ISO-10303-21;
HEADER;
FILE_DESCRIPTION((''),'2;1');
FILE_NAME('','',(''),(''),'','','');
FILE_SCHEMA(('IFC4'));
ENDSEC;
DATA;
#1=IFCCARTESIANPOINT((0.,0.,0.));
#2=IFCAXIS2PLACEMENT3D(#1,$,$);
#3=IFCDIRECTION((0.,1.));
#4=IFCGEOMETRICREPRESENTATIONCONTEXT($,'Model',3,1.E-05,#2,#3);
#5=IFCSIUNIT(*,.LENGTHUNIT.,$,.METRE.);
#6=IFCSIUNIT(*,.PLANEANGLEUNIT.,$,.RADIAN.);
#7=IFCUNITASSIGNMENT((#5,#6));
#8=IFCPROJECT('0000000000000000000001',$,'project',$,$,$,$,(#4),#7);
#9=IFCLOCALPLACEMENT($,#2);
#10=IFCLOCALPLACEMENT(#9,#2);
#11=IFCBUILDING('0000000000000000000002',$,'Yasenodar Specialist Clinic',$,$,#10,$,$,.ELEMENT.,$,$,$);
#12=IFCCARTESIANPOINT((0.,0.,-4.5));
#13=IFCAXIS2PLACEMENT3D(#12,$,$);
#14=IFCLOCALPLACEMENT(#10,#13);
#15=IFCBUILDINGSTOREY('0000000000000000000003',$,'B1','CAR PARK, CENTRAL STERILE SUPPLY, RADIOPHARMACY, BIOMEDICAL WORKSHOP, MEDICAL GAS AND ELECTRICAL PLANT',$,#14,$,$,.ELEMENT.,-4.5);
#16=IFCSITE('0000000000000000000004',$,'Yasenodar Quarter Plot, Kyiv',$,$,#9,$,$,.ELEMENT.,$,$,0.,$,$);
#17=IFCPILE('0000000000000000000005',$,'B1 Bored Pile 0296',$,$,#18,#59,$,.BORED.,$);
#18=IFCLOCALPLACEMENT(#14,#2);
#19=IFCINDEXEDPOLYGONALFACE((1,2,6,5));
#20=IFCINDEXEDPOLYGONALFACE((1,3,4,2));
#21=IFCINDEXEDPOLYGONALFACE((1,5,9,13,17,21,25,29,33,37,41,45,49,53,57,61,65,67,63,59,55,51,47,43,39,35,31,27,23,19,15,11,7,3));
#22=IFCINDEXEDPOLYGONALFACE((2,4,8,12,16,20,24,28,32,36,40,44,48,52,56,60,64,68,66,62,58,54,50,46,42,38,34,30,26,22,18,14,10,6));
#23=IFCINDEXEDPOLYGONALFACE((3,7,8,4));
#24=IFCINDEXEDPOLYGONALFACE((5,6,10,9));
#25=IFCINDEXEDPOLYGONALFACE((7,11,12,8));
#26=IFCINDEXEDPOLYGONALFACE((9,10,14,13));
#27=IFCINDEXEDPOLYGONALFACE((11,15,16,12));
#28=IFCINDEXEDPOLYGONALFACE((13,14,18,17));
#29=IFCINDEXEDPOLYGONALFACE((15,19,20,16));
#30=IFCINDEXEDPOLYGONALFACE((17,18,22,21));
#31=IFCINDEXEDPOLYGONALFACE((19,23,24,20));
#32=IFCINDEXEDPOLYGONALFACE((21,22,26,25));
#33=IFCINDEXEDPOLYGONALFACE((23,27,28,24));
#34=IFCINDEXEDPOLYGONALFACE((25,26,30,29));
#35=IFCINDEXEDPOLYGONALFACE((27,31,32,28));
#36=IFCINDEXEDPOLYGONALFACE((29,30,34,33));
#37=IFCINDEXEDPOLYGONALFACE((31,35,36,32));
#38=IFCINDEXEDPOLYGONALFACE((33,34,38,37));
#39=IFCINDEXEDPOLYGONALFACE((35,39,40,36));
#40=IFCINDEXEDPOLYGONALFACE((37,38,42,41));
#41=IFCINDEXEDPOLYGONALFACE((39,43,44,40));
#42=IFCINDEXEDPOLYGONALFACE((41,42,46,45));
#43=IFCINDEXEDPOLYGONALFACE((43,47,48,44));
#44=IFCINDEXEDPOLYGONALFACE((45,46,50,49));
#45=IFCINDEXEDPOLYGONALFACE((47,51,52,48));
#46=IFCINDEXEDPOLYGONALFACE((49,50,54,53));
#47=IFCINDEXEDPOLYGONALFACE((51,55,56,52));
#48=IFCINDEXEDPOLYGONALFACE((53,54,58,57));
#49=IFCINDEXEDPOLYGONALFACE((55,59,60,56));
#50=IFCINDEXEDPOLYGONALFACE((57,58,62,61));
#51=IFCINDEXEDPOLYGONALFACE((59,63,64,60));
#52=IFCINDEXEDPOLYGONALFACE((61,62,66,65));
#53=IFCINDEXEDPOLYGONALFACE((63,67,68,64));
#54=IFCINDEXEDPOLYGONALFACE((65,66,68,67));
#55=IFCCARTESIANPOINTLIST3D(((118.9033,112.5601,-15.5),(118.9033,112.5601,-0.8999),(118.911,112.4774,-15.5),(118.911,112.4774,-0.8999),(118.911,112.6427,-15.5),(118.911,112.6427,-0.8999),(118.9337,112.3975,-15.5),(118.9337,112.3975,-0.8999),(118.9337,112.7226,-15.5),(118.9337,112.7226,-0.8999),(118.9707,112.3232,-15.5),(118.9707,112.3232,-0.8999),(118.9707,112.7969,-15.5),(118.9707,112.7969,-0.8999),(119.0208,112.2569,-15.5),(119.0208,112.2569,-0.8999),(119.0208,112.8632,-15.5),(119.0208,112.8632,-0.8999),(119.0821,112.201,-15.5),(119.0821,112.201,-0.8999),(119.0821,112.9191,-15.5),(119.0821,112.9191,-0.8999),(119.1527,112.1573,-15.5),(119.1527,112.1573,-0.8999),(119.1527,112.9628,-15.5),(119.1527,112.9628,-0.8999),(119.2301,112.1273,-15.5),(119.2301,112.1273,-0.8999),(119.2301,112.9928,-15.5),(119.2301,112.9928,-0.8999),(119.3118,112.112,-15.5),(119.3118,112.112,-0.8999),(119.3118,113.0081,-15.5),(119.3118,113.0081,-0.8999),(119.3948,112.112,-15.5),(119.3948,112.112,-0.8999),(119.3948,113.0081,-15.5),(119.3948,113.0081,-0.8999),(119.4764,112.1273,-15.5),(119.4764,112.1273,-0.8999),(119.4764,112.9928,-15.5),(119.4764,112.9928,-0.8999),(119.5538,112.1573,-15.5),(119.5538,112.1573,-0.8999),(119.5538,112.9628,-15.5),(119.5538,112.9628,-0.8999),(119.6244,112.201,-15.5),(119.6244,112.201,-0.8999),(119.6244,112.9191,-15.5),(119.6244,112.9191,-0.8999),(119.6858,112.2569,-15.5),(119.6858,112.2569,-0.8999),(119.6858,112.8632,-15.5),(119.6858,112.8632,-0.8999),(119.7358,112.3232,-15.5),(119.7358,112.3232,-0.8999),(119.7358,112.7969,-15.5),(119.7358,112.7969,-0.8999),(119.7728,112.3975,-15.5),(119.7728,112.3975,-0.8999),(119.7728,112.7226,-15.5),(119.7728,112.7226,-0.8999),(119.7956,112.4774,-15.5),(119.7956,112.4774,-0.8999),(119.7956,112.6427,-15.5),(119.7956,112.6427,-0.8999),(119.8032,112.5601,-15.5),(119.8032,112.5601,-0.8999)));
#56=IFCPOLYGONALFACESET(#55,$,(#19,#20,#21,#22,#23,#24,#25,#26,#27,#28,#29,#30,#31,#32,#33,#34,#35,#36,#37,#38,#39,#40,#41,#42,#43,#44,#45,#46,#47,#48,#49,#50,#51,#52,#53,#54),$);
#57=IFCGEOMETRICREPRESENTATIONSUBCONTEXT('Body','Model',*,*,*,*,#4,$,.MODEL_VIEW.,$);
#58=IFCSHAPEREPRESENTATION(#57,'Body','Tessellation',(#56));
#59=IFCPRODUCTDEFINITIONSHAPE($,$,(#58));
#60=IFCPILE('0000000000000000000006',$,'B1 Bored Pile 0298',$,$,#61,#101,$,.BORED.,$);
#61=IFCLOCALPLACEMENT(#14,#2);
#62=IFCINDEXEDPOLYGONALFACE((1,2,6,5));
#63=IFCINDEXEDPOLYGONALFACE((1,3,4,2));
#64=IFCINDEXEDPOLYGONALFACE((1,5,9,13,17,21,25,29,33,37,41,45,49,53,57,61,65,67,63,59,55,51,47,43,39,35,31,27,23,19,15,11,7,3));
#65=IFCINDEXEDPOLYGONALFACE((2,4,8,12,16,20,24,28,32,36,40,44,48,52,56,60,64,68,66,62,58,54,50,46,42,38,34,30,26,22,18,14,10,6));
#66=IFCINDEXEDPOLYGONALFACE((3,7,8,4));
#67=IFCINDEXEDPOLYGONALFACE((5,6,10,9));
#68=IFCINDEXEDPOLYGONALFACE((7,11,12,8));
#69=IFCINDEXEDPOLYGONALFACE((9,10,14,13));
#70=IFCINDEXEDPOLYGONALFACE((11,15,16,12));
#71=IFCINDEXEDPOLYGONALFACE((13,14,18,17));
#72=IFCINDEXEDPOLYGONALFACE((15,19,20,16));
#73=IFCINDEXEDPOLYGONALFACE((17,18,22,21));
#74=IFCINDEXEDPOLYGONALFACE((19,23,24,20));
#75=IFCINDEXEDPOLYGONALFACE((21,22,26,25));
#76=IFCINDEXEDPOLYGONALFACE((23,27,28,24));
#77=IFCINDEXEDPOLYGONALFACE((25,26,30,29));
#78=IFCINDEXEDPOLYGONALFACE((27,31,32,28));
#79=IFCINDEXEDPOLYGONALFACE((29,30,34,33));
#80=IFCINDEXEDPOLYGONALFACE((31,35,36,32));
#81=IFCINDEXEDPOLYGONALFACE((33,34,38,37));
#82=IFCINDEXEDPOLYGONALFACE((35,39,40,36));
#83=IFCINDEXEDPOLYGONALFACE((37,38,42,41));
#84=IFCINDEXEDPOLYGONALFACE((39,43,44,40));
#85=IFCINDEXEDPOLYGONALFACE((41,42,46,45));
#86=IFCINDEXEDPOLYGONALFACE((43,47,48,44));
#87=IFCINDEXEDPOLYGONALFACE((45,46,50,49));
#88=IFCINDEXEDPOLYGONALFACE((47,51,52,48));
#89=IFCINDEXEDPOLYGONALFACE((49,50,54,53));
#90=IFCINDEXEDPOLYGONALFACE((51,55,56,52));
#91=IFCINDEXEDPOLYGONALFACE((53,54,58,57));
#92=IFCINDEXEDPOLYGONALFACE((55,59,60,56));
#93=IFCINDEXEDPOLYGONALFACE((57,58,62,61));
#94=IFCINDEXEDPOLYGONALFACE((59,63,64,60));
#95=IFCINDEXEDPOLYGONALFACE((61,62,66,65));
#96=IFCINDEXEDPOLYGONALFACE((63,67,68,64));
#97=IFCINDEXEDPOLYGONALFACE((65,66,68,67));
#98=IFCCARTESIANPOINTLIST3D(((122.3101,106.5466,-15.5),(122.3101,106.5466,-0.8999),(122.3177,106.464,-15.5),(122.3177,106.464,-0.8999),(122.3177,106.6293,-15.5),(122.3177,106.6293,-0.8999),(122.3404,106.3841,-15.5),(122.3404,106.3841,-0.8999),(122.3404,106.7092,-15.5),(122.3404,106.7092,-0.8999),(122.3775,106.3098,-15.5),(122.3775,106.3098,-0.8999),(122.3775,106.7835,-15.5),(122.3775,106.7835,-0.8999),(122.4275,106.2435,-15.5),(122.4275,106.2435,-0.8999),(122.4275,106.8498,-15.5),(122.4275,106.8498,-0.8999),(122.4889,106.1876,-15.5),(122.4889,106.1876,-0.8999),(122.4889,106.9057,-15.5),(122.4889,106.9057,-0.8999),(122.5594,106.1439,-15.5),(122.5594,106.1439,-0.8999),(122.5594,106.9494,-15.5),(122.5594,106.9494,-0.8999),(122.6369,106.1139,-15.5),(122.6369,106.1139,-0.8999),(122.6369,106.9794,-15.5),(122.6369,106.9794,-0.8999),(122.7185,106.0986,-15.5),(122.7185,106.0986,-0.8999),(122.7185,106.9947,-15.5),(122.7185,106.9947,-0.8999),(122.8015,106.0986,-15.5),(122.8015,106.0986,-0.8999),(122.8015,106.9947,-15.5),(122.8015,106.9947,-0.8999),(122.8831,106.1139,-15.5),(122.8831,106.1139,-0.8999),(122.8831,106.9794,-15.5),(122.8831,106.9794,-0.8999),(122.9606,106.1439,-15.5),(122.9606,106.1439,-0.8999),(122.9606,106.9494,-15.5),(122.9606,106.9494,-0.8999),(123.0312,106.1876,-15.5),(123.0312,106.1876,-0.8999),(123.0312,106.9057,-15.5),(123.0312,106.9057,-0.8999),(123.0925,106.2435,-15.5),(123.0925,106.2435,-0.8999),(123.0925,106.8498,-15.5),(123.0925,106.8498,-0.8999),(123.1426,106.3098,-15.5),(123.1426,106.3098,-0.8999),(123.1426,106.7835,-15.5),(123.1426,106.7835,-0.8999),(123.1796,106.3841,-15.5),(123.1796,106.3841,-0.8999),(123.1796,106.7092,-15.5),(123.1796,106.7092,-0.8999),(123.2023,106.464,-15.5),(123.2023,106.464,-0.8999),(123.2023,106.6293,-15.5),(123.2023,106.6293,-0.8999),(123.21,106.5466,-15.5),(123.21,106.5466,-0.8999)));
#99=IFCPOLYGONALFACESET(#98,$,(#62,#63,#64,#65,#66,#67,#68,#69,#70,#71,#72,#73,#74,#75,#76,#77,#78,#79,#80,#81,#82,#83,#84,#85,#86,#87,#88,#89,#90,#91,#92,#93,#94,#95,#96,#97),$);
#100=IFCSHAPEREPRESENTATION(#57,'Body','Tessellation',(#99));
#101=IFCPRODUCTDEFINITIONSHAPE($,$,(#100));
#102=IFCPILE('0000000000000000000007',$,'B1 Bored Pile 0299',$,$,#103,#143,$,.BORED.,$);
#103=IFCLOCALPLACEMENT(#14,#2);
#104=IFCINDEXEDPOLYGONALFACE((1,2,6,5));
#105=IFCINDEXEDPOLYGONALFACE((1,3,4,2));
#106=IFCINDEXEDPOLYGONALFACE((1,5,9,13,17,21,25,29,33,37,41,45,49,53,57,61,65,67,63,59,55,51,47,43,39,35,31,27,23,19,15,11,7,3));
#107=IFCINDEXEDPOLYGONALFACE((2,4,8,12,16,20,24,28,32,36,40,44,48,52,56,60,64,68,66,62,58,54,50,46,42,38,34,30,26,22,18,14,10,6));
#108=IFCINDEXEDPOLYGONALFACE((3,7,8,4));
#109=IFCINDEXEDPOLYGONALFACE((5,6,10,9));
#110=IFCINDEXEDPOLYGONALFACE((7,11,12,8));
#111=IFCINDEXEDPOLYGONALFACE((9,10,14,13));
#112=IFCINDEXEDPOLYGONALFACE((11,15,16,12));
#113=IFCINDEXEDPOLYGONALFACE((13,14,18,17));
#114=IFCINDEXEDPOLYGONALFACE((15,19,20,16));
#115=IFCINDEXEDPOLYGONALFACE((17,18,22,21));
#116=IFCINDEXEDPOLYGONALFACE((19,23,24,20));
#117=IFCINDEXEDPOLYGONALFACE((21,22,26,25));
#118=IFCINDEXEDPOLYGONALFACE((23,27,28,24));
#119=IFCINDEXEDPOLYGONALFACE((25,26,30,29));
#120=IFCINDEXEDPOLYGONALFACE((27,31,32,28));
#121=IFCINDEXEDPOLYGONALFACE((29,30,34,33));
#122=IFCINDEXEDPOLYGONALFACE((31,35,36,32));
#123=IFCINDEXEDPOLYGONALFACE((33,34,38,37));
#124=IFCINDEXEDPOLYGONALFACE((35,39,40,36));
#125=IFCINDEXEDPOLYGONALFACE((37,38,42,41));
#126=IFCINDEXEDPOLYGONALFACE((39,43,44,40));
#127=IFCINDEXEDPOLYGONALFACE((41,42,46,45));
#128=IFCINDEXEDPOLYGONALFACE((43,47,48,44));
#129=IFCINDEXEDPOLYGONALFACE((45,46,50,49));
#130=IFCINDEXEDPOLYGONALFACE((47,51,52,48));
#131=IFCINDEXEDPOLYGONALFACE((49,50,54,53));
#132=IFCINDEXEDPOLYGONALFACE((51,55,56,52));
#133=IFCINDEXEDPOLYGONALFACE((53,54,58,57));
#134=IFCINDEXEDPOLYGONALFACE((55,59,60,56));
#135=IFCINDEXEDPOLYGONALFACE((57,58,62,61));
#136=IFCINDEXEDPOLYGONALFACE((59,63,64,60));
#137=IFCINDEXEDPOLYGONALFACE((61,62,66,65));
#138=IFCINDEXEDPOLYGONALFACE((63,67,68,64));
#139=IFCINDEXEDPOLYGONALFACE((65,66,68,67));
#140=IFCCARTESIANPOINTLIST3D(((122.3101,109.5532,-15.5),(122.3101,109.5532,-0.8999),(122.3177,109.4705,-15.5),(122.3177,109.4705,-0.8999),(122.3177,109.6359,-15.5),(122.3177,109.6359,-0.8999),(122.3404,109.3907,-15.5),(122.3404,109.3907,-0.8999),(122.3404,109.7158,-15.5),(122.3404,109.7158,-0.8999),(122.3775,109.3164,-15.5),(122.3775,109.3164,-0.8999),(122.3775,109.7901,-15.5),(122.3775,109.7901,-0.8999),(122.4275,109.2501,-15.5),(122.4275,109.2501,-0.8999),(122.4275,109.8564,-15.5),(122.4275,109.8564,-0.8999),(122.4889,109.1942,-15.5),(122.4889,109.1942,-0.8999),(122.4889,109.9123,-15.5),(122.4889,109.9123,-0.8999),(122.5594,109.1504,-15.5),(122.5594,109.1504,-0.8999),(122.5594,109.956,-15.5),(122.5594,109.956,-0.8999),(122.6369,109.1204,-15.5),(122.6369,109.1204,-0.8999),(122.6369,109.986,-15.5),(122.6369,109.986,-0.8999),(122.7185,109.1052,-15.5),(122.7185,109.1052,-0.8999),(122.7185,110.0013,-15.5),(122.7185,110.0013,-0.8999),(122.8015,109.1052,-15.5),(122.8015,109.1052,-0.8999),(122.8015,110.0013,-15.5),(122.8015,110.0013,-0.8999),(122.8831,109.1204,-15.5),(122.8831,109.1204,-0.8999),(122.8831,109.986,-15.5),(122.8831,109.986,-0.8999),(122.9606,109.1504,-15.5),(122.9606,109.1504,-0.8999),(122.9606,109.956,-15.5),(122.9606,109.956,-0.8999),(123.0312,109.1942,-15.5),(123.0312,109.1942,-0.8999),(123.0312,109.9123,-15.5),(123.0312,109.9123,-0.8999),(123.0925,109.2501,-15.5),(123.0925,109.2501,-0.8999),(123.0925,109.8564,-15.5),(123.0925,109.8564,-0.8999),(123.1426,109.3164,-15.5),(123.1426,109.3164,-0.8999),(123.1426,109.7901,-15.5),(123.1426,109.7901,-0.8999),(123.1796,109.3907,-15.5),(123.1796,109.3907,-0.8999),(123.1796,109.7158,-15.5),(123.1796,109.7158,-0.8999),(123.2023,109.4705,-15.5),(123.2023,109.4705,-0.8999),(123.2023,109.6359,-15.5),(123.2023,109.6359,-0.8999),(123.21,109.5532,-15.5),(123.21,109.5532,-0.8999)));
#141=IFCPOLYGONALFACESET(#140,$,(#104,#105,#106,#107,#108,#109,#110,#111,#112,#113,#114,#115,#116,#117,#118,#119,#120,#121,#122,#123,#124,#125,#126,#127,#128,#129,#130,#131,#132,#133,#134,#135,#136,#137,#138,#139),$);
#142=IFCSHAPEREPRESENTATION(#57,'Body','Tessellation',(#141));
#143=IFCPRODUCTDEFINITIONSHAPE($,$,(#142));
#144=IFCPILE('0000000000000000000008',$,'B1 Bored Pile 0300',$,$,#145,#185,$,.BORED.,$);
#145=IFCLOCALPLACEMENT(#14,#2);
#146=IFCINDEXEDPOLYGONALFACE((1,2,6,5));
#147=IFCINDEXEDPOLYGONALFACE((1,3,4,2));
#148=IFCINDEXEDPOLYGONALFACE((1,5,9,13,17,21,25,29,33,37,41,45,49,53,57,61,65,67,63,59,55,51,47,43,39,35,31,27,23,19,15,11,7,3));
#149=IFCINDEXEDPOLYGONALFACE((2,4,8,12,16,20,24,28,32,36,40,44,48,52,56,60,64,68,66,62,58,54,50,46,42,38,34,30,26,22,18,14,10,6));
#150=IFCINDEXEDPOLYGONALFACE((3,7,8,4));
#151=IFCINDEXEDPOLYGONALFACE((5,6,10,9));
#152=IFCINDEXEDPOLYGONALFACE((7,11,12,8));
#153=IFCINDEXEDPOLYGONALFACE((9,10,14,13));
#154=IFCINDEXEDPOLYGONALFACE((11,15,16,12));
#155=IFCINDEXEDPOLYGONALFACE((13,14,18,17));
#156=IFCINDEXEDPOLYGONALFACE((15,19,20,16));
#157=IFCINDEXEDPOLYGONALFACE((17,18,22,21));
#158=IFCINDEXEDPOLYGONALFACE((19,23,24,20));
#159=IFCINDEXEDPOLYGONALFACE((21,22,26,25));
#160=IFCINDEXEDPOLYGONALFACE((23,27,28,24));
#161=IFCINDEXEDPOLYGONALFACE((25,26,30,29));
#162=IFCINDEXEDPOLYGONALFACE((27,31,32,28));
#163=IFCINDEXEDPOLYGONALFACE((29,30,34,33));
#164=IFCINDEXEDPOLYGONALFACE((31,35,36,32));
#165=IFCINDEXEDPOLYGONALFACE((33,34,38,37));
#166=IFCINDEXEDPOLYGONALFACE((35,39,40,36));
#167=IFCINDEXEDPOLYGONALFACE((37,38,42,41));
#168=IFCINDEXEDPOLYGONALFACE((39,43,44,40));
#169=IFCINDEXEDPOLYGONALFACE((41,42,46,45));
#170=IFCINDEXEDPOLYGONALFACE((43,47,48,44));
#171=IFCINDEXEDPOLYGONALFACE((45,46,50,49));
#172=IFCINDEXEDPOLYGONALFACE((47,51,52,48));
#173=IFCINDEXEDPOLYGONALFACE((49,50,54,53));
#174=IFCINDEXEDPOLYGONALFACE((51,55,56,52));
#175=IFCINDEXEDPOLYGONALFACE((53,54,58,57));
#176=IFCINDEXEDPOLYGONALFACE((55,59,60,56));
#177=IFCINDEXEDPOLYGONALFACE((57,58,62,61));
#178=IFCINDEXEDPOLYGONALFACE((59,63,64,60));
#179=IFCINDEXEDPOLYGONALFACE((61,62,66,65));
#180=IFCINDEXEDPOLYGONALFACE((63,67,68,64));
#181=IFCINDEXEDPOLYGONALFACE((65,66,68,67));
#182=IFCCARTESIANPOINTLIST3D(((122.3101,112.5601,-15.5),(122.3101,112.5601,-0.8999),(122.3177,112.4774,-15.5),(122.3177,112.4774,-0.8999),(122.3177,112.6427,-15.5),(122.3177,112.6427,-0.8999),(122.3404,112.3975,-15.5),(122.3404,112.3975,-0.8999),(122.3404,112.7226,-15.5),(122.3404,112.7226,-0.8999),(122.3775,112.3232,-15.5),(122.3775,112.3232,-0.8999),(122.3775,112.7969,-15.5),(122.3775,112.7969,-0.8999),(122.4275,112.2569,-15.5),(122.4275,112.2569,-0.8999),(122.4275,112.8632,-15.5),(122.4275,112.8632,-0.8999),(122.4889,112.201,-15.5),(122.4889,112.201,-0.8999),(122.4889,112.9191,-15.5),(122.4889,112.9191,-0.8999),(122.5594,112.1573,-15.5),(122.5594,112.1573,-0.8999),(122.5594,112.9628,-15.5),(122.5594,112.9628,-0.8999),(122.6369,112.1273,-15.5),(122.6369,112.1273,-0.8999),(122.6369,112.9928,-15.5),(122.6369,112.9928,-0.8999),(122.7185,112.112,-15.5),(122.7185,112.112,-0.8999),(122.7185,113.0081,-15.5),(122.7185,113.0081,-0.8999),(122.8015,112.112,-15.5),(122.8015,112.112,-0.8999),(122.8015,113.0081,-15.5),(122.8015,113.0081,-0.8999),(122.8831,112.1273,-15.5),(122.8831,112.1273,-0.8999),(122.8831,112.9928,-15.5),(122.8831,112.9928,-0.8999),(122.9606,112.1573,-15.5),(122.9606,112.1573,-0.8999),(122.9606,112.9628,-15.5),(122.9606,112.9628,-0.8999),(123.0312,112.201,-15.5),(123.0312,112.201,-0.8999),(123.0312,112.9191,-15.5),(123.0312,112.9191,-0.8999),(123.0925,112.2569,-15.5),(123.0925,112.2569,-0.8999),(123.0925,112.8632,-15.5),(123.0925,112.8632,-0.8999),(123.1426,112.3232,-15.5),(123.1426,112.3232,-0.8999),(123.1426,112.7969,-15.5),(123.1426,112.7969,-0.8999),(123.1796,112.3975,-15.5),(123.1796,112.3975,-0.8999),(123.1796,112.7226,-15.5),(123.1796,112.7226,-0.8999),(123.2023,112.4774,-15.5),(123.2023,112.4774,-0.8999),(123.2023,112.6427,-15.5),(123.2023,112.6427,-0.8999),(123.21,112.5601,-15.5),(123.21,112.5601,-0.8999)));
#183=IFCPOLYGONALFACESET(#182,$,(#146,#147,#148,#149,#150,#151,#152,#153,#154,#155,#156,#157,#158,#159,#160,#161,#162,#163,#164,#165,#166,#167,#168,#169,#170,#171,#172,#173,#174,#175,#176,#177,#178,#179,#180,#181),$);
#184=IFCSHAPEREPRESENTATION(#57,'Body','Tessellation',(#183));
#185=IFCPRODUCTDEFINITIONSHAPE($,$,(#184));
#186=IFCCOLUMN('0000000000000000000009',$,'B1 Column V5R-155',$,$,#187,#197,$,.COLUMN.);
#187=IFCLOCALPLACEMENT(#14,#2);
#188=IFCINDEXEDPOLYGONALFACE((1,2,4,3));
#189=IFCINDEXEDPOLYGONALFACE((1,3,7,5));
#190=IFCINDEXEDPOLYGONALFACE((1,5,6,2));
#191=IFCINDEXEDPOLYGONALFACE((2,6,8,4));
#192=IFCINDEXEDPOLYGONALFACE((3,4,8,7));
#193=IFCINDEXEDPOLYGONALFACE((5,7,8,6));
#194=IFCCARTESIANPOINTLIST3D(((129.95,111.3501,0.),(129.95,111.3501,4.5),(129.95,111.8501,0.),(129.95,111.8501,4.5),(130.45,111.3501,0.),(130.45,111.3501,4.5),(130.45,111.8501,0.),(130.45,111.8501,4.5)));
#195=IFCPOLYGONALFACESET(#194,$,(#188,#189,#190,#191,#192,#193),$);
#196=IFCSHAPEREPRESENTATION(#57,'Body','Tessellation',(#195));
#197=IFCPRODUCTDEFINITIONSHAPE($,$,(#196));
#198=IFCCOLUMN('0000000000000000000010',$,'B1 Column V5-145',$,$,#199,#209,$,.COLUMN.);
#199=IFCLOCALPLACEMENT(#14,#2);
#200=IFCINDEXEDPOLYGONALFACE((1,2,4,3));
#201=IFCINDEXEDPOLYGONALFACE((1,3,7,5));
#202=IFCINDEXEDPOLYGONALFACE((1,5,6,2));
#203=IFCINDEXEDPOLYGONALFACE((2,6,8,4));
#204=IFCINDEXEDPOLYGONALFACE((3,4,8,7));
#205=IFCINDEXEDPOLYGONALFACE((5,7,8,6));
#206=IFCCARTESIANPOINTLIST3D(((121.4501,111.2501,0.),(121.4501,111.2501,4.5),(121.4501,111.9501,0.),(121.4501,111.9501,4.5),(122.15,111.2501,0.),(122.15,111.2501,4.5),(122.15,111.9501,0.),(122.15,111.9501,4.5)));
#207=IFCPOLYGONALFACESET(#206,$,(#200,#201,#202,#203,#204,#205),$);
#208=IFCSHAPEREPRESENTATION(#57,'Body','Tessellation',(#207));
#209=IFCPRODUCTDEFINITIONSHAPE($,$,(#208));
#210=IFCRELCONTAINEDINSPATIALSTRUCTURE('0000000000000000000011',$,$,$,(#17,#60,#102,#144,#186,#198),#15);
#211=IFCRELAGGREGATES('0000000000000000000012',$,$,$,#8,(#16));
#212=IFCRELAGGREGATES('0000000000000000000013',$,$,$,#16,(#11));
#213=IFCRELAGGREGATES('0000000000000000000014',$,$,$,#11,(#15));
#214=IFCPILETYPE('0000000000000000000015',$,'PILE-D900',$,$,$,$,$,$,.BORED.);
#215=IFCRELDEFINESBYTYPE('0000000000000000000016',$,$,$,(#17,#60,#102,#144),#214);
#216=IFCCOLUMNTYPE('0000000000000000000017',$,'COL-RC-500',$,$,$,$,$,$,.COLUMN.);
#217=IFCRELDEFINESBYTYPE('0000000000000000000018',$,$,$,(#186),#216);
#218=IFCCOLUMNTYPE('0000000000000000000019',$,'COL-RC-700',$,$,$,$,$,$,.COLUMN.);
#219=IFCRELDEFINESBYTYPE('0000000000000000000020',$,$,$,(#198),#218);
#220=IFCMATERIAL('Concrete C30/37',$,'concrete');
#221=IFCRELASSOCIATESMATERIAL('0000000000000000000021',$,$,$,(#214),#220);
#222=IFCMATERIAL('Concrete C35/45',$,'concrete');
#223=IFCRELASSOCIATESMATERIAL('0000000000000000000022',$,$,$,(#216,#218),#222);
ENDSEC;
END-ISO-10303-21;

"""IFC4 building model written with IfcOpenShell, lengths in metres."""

from ifc_helpers import new_model, si_unit, direction, frame, origin, origin_2d, place, context, subcontext, project, spatial, rectangle, circle, extrude, material, material_profile, profile_set, type_object, element, save


model = new_model("IFC4")

# Units and contexts
model_context = context("Model", 3, precision=1e-05, world=origin(), true_north=direction((0.0, 1.0)))
body_context = subcontext(model_context, "Body", "Model", "MODEL_VIEW")
ifc_project = project(units=[si_unit("LENGTHUNIT", "METRE"), si_unit("PLANEANGLEUNIT", "RADIAN")], contexts=[model_context])

# Site, building, storey
site_placement = place(None, origin())
site = spatial("IfcSite", under=ifc_project, at=site_placement, Name="Yasenodar Quarter Plot, Kyiv", CompositionType="ELEMENT", RefElevation=0.0)
building_placement = place(site_placement, origin())
building = spatial("IfcBuilding", under=site, at=building_placement, Name="Yasenodar Specialist Clinic", CompositionType="ELEMENT")
storey_placement = place(building_placement, frame((0.0, 0.0, -4.5)))
storey = spatial("IfcBuildingStorey", under=building, at=storey_placement, Name="B1", Description="CAR PARK, CENTRAL STERILE SUPPLY, RADIOPHARMACY, BIOMEDICAL WORKSHOP, MEDICAL GAS AND ELECTRICAL PLANT", CompositionType="ELEMENT", Elevation=-4.5)

# Shared definitions
ifc_material_1 = material(Name="Concrete C35/45", Category="concrete")

# Piles
ifc_material_2 = material(Name="Concrete C30/37", Category="concrete")
ifc_material_profile_1 = material_profile(ifc_material_2, circle(Radius=0.45, at=origin_2d()), Name="PILE D900")
ifc_profile_set_1 = profile_set([ifc_material_profile_1], Name="Concrete C30/37")
pile_type_1 = type_object("IfcPileType", Name="PILE-D900", PredefinedType="BORED", material=ifc_profile_set_1)
for number, where, z_axis, x_axis, name in (
    (1, (119.3533, 112.5601, -0.8999), (0.0, 0.0, -1.0), (1.0, 0.0, 0.0), "B1 Bored Pile 0296"),
    (2, (122.76, 106.5466, -0.8999), (0.0, 0.0, -1.0), (1.0, 0.0, 0.0), "B1 Bored Pile 0298"),
    (3, (122.76, 109.5532, -0.8999), (0.0, 0.0, -1.0), (1.0, 0.0, 0.0), "B1 Bored Pile 0299"),
    (4, (122.76, 112.5601, -0.8999), (0.0, 0.0, -1.0), (1.0, 0.0, 0.0), "B1 Bored Pile 0300"),
):
    element("IfcPile", number, at=place(storey_placement, frame(where, z_axis=z_axis, x_axis=x_axis)), inside=storey, type_object=pile_type_1, Name=name, PredefinedType="BORED", context=body_context, shape_type="SweptSolid", body=[
        extrude(circle(Radius=0.45, at=origin_2d()), origin(), (0.0, 0.0, 1.0), 14.6001),
    ])

# Columns
ifc_material_profile_2 = material_profile(ifc_material_1, rectangle(XDim=0.5, YDim=0.5, at=origin_2d()), Name="RC 500x500")
ifc_profile_set_2 = profile_set([ifc_material_profile_2], Name="Concrete C35/45")
column_type_1 = type_object("IfcColumnType", Name="COL-RC-500", PredefinedType="COLUMN", material=ifc_profile_set_2)
column_1_placement = place(storey_placement, frame((130.2, 111.6001, 0.0), z_axis=(0.0, 0.0, 1.0), x_axis=(1.0, 0.0, 0.0)))
element("IfcColumn", 5, at=column_1_placement, inside=storey, type_object=column_type_1, Name="B1 Column V5R-155", PredefinedType="COLUMN", context=body_context, shape_type="SweptSolid", body=[
    extrude(rectangle(XDim=0.5, YDim=0.5, at=origin_2d()), origin(), (0.0, 0.0, 1.0), 4.5),
])
ifc_material_profile_3 = material_profile(ifc_material_1, rectangle(XDim=0.7, YDim=0.7, at=origin_2d()), Name="RC 700x700")
ifc_profile_set_3 = profile_set([ifc_material_profile_3], Name="Concrete C35/45")
column_type_2 = type_object("IfcColumnType", Name="COL-RC-700", PredefinedType="COLUMN", material=ifc_profile_set_3)
column_2_placement = place(storey_placement, frame((121.8, 111.6001, 0.0), z_axis=(0.0, 0.0, 1.0), x_axis=(1.0, 0.0, 0.0)))
element("IfcColumn", 6, at=column_2_placement, inside=storey, type_object=column_type_2, Name="B1 Column V5-145", PredefinedType="COLUMN", context=body_context, shape_type="SweptSolid", body=[
    extrude(rectangle(XDim=0.7, YDim=0.7, at=origin_2d()), origin(), (0.0, 0.0, 1.0), 4.5),
])

save(model, "model.ifc")
